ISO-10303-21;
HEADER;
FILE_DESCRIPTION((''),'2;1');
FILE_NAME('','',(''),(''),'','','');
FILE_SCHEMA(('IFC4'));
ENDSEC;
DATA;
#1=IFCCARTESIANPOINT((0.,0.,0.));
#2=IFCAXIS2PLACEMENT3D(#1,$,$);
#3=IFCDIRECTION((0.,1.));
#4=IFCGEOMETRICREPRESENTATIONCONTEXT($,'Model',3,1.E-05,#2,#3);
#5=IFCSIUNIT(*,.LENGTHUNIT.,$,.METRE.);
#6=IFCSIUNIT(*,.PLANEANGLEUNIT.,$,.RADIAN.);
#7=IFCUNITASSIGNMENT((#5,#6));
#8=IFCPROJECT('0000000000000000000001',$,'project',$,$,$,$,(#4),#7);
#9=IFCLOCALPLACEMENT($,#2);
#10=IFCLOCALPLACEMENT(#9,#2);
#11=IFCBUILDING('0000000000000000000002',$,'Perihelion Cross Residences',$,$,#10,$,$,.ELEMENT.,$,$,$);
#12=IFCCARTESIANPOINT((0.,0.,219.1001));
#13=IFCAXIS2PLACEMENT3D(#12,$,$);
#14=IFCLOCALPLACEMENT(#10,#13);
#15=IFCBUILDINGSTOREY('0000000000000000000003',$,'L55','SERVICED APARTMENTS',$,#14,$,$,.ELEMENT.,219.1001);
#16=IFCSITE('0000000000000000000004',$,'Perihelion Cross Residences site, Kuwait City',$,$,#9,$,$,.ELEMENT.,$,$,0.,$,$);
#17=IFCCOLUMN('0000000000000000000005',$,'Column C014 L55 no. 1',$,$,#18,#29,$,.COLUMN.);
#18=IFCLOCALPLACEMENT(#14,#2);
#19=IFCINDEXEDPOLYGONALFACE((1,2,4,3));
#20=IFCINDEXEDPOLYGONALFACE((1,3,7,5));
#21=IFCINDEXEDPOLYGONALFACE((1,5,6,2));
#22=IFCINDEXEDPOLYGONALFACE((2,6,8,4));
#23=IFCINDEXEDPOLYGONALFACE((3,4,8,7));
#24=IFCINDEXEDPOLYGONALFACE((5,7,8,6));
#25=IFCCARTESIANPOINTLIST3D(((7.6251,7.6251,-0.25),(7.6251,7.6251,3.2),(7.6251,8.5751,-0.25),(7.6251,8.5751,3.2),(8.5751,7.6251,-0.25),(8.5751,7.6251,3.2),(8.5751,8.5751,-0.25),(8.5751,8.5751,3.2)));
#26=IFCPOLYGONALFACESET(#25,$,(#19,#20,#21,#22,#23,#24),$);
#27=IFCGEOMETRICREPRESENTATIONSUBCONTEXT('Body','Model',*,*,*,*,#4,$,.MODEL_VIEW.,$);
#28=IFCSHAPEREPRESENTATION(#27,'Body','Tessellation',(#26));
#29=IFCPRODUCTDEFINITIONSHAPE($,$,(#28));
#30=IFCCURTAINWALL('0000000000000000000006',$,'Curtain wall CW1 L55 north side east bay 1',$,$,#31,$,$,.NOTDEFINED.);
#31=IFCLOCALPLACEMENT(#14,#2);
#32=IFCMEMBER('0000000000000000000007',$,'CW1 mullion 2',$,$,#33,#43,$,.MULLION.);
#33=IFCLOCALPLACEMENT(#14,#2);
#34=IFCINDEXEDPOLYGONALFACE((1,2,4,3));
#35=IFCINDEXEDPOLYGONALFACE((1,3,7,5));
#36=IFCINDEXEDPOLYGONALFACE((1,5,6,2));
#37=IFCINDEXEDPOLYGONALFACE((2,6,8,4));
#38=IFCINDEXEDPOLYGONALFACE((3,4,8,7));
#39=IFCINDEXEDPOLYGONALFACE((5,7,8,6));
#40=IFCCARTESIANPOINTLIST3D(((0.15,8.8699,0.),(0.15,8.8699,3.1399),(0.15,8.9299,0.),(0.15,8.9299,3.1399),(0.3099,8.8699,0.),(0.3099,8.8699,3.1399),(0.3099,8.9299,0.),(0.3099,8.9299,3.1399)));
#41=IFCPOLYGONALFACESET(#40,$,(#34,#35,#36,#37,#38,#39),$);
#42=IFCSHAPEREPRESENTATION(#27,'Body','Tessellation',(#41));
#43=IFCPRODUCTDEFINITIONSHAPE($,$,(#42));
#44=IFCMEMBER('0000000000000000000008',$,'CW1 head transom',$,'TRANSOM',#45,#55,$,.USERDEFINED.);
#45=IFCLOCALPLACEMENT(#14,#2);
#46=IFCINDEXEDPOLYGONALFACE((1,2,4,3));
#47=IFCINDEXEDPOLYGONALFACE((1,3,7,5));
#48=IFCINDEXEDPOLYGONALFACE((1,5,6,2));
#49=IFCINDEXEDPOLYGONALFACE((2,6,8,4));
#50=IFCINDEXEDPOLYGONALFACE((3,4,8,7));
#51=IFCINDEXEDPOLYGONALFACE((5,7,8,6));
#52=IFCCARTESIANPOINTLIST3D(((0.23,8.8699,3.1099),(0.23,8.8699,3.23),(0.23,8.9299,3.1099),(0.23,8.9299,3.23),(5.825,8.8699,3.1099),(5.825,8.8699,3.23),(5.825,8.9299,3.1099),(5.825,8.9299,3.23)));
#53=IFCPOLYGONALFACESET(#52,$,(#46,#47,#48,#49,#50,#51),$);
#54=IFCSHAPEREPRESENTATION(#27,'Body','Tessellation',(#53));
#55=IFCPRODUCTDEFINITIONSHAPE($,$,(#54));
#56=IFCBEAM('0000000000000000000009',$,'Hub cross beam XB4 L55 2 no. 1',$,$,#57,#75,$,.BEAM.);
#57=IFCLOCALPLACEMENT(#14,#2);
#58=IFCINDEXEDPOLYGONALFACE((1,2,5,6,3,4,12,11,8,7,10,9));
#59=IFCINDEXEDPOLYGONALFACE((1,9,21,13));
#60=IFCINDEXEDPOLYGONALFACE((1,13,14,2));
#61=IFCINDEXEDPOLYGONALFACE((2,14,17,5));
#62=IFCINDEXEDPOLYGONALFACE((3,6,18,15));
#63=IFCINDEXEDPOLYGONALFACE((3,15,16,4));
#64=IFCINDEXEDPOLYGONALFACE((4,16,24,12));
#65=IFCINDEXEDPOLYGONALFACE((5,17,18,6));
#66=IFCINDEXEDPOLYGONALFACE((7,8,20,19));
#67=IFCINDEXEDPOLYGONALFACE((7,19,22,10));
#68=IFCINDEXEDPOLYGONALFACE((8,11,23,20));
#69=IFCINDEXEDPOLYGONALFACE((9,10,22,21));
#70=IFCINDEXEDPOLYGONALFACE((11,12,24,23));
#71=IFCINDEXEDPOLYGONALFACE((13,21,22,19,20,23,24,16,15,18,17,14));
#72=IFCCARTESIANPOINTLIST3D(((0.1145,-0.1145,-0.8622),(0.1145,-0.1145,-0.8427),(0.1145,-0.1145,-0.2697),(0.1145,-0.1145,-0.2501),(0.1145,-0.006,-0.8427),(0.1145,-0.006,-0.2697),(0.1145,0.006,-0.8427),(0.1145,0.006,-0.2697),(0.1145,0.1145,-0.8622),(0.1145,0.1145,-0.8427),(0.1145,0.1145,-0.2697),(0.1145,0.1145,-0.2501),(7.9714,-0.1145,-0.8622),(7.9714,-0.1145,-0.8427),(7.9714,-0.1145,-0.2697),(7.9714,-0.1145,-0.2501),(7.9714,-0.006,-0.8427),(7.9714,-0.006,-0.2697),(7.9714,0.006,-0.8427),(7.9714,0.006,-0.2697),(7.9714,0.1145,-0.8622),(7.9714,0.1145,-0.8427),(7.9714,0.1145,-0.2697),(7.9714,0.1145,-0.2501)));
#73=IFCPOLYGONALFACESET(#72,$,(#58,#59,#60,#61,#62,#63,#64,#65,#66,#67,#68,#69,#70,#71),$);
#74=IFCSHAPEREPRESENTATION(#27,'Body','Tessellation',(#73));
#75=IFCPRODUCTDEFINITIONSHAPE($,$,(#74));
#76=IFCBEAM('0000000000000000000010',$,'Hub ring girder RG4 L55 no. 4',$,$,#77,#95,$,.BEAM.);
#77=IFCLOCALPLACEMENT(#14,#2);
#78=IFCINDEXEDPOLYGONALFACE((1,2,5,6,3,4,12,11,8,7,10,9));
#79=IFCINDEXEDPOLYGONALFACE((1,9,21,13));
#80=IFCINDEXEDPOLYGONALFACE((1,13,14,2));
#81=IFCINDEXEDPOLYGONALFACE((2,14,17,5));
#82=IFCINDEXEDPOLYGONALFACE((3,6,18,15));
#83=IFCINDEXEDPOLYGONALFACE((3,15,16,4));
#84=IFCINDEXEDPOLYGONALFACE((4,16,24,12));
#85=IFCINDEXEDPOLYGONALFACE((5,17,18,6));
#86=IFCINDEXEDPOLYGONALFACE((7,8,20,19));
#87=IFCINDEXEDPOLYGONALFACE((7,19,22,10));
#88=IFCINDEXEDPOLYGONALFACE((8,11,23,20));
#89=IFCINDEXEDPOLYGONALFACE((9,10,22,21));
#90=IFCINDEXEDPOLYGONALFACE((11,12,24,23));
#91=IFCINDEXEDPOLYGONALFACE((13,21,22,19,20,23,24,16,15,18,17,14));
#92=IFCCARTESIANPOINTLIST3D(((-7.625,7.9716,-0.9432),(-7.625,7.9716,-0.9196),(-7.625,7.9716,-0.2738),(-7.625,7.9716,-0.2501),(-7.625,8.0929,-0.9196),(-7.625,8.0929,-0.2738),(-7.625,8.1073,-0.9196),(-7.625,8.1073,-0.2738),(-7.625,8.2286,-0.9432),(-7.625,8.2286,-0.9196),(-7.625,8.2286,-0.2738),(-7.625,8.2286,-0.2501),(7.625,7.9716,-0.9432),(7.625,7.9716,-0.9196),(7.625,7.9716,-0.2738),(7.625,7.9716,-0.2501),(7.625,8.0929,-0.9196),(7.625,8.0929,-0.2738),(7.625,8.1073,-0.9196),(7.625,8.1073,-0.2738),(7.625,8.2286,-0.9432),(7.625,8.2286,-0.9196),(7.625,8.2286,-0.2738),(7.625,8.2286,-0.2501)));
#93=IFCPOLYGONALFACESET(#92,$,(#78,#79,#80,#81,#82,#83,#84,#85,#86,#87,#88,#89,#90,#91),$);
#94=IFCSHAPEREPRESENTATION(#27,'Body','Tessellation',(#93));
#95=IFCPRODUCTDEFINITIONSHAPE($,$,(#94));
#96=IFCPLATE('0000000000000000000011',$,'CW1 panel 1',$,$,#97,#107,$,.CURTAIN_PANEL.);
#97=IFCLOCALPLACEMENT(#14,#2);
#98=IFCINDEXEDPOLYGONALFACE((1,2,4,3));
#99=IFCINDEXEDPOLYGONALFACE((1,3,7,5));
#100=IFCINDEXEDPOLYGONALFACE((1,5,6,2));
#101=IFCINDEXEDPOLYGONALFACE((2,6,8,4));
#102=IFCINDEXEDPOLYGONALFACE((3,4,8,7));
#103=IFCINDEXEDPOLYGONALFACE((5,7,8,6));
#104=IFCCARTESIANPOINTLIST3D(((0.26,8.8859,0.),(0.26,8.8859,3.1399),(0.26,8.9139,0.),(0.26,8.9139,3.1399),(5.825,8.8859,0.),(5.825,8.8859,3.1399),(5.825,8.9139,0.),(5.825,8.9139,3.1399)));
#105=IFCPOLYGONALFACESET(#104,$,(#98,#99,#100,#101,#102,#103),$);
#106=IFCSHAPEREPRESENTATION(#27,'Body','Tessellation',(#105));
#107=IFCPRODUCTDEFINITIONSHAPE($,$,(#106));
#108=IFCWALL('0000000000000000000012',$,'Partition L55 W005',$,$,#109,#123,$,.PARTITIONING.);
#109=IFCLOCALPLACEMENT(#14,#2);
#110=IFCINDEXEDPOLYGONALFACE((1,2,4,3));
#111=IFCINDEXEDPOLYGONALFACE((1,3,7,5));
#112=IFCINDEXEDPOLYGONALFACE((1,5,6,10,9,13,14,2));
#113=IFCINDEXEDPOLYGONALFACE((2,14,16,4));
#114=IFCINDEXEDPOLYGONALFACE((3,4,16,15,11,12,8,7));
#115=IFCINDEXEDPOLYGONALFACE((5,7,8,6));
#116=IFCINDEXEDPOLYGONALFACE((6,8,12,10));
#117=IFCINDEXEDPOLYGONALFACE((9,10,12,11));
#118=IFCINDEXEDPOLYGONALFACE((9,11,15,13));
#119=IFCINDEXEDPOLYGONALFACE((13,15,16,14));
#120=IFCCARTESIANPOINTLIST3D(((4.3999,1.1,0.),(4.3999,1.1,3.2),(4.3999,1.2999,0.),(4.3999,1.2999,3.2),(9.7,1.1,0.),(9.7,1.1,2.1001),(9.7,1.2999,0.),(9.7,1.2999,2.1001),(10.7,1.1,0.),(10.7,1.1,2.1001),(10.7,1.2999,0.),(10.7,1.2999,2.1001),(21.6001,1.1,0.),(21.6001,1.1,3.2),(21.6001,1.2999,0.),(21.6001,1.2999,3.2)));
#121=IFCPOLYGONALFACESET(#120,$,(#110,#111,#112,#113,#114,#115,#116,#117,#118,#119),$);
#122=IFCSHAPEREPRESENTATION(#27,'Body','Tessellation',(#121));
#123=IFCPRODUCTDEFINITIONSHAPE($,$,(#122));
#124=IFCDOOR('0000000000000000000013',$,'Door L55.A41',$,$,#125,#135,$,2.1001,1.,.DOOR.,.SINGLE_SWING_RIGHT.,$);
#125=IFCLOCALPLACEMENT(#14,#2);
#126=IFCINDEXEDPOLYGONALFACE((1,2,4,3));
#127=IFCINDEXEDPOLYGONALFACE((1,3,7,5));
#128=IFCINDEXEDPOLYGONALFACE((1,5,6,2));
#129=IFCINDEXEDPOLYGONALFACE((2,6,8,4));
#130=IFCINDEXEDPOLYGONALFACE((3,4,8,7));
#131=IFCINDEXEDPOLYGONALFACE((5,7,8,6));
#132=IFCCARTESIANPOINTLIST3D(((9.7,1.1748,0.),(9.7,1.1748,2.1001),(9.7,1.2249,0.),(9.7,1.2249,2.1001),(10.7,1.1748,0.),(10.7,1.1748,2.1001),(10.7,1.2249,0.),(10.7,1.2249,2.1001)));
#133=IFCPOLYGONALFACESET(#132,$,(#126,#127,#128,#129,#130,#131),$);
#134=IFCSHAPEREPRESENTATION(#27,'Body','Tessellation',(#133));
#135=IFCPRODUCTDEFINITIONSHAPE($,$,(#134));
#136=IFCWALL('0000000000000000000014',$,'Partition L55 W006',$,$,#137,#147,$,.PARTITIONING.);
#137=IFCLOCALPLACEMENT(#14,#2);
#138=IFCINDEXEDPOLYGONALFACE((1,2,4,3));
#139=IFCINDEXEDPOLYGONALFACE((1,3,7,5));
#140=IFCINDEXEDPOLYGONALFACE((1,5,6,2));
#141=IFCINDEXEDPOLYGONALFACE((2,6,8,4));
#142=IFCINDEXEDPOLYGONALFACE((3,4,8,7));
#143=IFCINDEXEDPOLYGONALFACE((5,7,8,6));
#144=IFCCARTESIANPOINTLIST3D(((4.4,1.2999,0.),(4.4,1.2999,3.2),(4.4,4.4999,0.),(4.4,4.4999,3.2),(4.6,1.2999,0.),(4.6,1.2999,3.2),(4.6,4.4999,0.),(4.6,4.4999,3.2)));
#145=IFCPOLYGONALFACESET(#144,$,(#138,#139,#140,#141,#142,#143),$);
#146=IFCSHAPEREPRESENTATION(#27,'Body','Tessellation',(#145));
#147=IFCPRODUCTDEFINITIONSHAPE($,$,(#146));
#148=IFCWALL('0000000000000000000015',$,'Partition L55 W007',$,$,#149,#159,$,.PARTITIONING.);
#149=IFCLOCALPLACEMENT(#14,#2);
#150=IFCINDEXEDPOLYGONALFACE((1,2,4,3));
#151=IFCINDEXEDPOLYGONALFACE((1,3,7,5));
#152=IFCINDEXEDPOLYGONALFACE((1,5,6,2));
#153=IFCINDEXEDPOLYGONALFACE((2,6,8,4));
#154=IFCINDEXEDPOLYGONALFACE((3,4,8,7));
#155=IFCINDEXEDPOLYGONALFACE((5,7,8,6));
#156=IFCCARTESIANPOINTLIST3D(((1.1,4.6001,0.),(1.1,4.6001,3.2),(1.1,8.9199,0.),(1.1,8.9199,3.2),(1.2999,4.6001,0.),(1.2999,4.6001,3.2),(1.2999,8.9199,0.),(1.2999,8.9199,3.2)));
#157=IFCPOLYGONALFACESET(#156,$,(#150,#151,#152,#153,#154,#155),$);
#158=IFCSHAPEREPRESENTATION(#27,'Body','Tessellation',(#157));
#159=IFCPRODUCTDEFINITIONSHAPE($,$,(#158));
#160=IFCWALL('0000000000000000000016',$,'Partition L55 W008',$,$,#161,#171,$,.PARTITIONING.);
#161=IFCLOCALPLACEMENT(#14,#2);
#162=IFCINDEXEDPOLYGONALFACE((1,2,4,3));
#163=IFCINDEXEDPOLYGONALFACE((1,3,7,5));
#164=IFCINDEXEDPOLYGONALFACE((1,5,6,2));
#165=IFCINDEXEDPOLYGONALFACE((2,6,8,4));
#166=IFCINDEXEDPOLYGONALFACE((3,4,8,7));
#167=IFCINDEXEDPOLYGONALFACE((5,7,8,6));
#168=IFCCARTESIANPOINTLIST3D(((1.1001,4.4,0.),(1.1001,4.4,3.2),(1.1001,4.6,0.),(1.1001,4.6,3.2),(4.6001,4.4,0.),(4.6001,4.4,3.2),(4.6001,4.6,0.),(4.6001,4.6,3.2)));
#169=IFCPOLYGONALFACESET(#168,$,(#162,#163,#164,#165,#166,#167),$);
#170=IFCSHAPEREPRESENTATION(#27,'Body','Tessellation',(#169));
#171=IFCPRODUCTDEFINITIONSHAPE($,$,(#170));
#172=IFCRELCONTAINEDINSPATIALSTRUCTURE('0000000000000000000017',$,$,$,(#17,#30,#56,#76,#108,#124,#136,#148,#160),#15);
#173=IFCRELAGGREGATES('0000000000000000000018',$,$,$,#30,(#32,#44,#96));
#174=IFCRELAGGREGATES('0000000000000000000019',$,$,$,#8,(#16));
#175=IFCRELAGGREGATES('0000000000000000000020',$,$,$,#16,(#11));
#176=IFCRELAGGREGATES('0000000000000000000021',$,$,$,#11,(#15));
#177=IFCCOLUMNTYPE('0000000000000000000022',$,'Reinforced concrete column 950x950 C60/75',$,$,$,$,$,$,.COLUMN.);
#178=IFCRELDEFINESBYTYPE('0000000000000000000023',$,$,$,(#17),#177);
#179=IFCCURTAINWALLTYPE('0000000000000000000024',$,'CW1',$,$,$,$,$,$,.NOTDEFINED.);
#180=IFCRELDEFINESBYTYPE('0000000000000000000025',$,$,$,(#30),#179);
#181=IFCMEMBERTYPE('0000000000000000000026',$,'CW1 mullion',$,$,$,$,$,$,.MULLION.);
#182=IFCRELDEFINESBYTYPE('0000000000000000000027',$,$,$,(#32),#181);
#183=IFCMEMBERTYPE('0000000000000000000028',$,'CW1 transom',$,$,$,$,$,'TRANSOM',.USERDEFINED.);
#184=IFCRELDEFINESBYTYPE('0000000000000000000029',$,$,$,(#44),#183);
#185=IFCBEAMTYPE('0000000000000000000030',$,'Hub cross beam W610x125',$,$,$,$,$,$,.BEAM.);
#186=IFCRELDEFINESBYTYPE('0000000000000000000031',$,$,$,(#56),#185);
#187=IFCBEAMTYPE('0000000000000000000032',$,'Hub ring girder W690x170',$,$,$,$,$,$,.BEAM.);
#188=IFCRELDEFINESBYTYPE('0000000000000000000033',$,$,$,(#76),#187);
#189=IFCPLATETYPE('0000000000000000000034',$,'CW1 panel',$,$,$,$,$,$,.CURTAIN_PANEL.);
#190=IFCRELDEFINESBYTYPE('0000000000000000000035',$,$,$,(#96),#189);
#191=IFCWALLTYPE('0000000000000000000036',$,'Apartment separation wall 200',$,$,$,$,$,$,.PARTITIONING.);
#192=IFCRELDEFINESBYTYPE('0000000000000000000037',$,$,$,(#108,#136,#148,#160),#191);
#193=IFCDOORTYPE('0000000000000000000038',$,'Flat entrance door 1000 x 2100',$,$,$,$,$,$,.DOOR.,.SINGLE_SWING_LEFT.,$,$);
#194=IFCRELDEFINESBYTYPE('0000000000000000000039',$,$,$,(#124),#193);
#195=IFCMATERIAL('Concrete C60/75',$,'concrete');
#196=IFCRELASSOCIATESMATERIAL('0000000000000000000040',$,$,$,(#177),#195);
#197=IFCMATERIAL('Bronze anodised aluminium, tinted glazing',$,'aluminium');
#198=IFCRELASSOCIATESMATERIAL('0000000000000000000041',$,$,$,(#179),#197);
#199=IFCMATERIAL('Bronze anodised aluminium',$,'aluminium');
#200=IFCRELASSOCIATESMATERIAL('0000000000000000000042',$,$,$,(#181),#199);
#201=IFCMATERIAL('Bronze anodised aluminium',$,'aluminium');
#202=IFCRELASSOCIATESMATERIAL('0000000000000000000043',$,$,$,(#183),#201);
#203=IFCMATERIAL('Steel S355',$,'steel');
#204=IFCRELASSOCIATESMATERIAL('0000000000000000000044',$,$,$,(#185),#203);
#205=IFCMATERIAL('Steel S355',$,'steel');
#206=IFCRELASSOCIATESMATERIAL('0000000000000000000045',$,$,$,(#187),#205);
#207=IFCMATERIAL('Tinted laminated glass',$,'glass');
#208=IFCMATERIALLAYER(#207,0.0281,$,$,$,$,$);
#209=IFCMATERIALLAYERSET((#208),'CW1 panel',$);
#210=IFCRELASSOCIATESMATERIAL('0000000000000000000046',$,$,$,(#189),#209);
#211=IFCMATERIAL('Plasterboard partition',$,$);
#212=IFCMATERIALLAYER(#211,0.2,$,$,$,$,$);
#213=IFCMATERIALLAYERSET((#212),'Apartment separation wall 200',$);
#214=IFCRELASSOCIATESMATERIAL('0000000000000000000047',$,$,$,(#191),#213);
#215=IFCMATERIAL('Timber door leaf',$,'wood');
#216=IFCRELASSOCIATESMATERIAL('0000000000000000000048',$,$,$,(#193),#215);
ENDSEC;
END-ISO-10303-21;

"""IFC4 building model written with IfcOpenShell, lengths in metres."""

from ifc_helpers import new_model, si_unit, direction, frame, frame_2d, origin, origin_2d, place, context, subcontext, project, spatial, rectangle, i_section, extrude, material, layer, layer_set, material_profile, profile_set, type_object, element, fill, aggregate, save


model = new_model("IFC4")

# Units and contexts
model_context = context("Model", 3, precision=1e-05, world=origin(), true_north=direction((0.0, 1.0)))
body_context = subcontext(model_context, "Body", "Model", "MODEL_VIEW")
ifc_project = project(units=[si_unit("LENGTHUNIT", "METRE"), si_unit("PLANEANGLEUNIT", "RADIAN")], contexts=[model_context])

# Site, building, storey
site_placement = place(None, origin())
site = spatial("IfcSite", under=ifc_project, at=site_placement, Name="Perihelion Cross Residences site, Kuwait City", CompositionType="ELEMENT", RefElevation=0.0)
building_placement = place(site_placement, origin())
building = spatial("IfcBuilding", under=site, at=building_placement, Name="Perihelion Cross Residences", CompositionType="ELEMENT")
storey_placement = place(building_placement, frame((0.0, 0.0, 219.1001)))
storey = spatial("IfcBuildingStorey", under=building, at=storey_placement, Name="L55", Description="SERVICED APARTMENTS", CompositionType="ELEMENT", Elevation=219.1001)

# Column
ifc_material_1 = material(Name="Concrete C60/75", Category="concrete")
ifc_material_profile_1 = material_profile(ifc_material_1, rectangle(XDim=0.95, YDim=0.95, at=origin_2d()), Name="RC 950x950")
ifc_profile_set_1 = profile_set([ifc_material_profile_1], Name="Concrete C60/75")
column_type = type_object("IfcColumnType", Name="Reinforced concrete column 950x950 C60/75", PredefinedType="COLUMN", material=ifc_profile_set_1)
column_placement = place(storey_placement, frame((8.1001, 8.1001, -0.25), z_axis=(0.0, 0.0, 1.0), x_axis=(1.0, 0.0, 0.0)))
element("IfcColumn", 1, at=column_placement, inside=storey, type_object=column_type, Name="Column C014 L55 no. 1", PredefinedType="COLUMN", context=body_context, shape_type="SweptSolid", body=[
    extrude(rectangle(XDim=0.95, YDim=0.95, at=origin_2d()), origin(), (0.0, 0.0, 1.0), 3.45),
])

# Curtain wall, members
ifc_material_2 = material(Name="Bronze anodised aluminium, tinted glazing", Category="aluminium")
curtain_wall_type = type_object("IfcCurtainWallType", Name="CW1", PredefinedType="NOTDEFINED", material=ifc_material_2)
curtain_wall_placement = place(storey_placement, origin())
curtain_wall = element("IfcCurtainWall", 2, at=curtain_wall_placement, inside=storey, type_object=curtain_wall_type, Name="Curtain wall CW1 L55 north side east bay 1", PredefinedType="NOTDEFINED")
ifc_material_3 = material(Name="Bronze anodised aluminium", Category="aluminium")
ifc_material_profile_2 = material_profile(ifc_material_3, rectangle(XDim=0.0601, YDim=0.1599, at=origin_2d()), Name="CW1 mullion")
ifc_profile_set_2 = profile_set([ifc_material_profile_2], Name="Bronze anodised aluminium")
member_type_1 = type_object("IfcMemberType", Name="CW1 mullion", PredefinedType="MULLION", material=ifc_profile_set_2)
member_1_placement = place(storey_placement, frame((0.23, 8.8999, 0.0), z_axis=(0.0, 0.0, 1.0), x_axis=(0.0, -1.0, 0.0)))
member_1 = element("IfcMember", 3, at=member_1_placement, type_object=member_type_1, Name="CW1 mullion 2", PredefinedType="MULLION", context=body_context, shape_type="SweptSolid", body=[
    extrude(rectangle(XDim=0.0601, YDim=0.1599, at=origin_2d()), origin(), (0.0, 0.0, 1.0), 3.1399),
])
ifc_material_4 = material(Name="Bronze anodised aluminium", Category="aluminium")
ifc_material_profile_3 = material_profile(ifc_material_4, rectangle(XDim=0.0601, YDim=0.1201, at=origin_2d()), Name="CW1 transom")
ifc_profile_set_3 = profile_set([ifc_material_profile_3], Name="Bronze anodised aluminium")
member_type_2 = type_object("IfcMemberType", Name="CW1 transom", ElementType="TRANSOM", PredefinedType="USERDEFINED", material=ifc_profile_set_3)
member_2_placement = place(storey_placement, frame((5.825, 8.8999, 3.1699), z_axis=(-1.0, 0.0, 0.0), x_axis=(0.0, -1.0, 0.0)))
member_2 = element("IfcMember", 4, at=member_2_placement, type_object=member_type_2, Name="CW1 head transom", ObjectType="TRANSOM", PredefinedType="USERDEFINED", context=body_context, shape_type="SweptSolid", body=[
    extrude(rectangle(XDim=0.0601, YDim=0.1201, at=origin_2d()), origin(), (0.0, 0.0, 1.0), 5.595),
])

# Beams
ifc_material_5 = material(Name="Steel S355", Category="steel")
ifc_material_profile_4 = material_profile(ifc_material_5, i_section(OverallWidth=0.229, OverallDepth=0.6121, WebThickness=0.012, FlangeThickness=0.0195, at=origin_2d()), Name="W610x125")
ifc_profile_set_4 = profile_set([ifc_material_profile_4], Name="Steel S355")
beam_type_1 = type_object("IfcBeamType", Name="Hub cross beam W610x125", PredefinedType="BEAM", material=ifc_profile_set_4)
beam_1_placement = place(storey_placement, frame((0.1145, 0.0, -0.5562), z_axis=(1.0, 0.0, 0.0), x_axis=(0.0, 1.0, 0.0)))
element("IfcBeam", 5, at=beam_1_placement, inside=storey, type_object=beam_type_1, Name="Hub cross beam XB4 L55 2 no. 1", PredefinedType="BEAM", context=body_context, shape_type="SweptSolid", body=[
    extrude(i_section(OverallWidth=0.229, OverallDepth=0.6121, WebThickness=0.012, FlangeThickness=0.0195, at=origin_2d()), origin(), (0.0, 0.0, 1.0), 7.8569),
])
ifc_material_6 = material(Name="Steel S355", Category="steel")
ifc_material_profile_5 = material_profile(ifc_material_6, i_section(OverallWidth=0.2571, OverallDepth=0.6931, WebThickness=0.0144, FlangeThickness=0.0237, at=origin_2d()), Name="W690x170")
ifc_profile_set_5 = profile_set([ifc_material_profile_5], Name="Steel S355")
beam_type_2 = type_object("IfcBeamType", Name="Hub ring girder W690x170", PredefinedType="BEAM", material=ifc_profile_set_5)
beam_2_placement = place(storey_placement, frame((7.625, 8.1001, -0.5967), z_axis=(-1.0, 0.0, 0.0), x_axis=(0.0, -1.0, 0.0)))
element("IfcBeam", 6, at=beam_2_placement, inside=storey, type_object=beam_type_2, Name="Hub ring girder RG4 L55 no. 4", PredefinedType="BEAM", context=body_context, shape_type="SweptSolid", body=[
    extrude(i_section(OverallWidth=0.2571, OverallDepth=0.6931, WebThickness=0.0144, FlangeThickness=0.0237, at=origin_2d()), origin(), (0.0, 0.0, 1.0), 15.25),
])

# Plate
ifc_material_7 = material(Name="Tinted laminated glass", Category="glass")
ifc_layer_1 = layer(ifc_material_7, 0.0281)
ifc_layer_set_1 = layer_set([ifc_layer_1], Name="CW1 panel")
plate_type = type_object("IfcPlateType", Name="CW1 panel", PredefinedType="CURTAIN_PANEL", material=ifc_layer_set_1)
plate_placement = place(storey_placement, frame((3.0425, 8.8999, 0.0), z_axis=(0.0, 0.0, 1.0), x_axis=(-1.0, 0.0, 0.0)))
plate = element("IfcPlate", 7, at=plate_placement, type_object=plate_type, Name="CW1 panel 1", PredefinedType="CURTAIN_PANEL", context=body_context, shape_type="SweptSolid", body=[
    extrude(rectangle(XDim=5.5649, YDim=0.0281, at=origin_2d()), origin(), (0.0, 0.0, 1.0), 3.1399),
])
aggregate(curtain_wall, [member_1, member_2, plate])

# Wall, opening, door
ifc_material_8 = material(Name="Plasterboard partition")
ifc_layer_2 = layer(ifc_material_8, 0.2)
ifc_layer_set_2 = layer_set([ifc_layer_2], Name="Apartment separation wall 200")
wall_type_1 = type_object("IfcWallType", Name="Apartment separation wall 200", PredefinedType="PARTITIONING", material=ifc_layer_set_2)
wall_1_placement = place(storey_placement, frame((4.3999, 1.2, 0.0), z_axis=(0.0, 0.0, 1.0), x_axis=(1.0, 0.0, 0.0)))
wall_1 = element("IfcWall", 8, at=wall_1_placement, inside=storey, type_object=wall_type_1, Name="Partition L55 W005", PredefinedType="PARTITIONING", context=body_context, shape_type="SweptSolid", body=[
    extrude(rectangle(XDim=17.2002, YDim=0.2, at=frame_2d((8.6001, 0.0))), origin(), (0.0, 0.0, 1.0), 3.2),
])
opening_1_placement = place(wall_1_placement, frame((5.3, 0.0, 0.0)))
opening_1 = element("IfcOpeningElement", 9, at=opening_1_placement, cuts=wall_1, PredefinedType="OPENING", context=body_context, shape_type="SweptSolid", body=[
    extrude(rectangle(XDim=1.0, YDim=2.1001, at=frame_2d((0.5, 1.05))), frame((0.0, 0.1099, 0.0), z_axis=(0.0, -1.0, 0.0), x_axis=(1.0, 0.0, 0.0)), (0.0, 0.0, 1.0), 0.22),
])
ifc_material_9 = material(Name="Timber door leaf", Category="wood")
door_type_1 = type_object("IfcDoorType", Name="Flat entrance door 1000 x 2100", OperationType="SINGLE_SWING_LEFT", PredefinedType="DOOR", material=ifc_material_9)
door_1_placement = place(opening_1_placement, origin())
door_1 = element("IfcDoor", 10, at=door_1_placement, inside=storey, type_object=door_type_1, Name="Door L55.A41", OperationType="SINGLE_SWING_RIGHT", OverallHeight=2.1001, OverallWidth=1.0, PredefinedType="DOOR", context=body_context, shape_type="SweptSolid", body=[
    extrude(rectangle(XDim=1.0, YDim=2.1001, at=frame_2d((0.5, 1.05))), frame((0.0, 0.0249, 0.0), z_axis=(0.0, -1.0, 0.0), x_axis=(1.0, 0.0, 0.0)), (0.0, 0.0, 1.0), 0.05),
])
fill(opening_1, door_1)

# Walls
wall_2_placement = place(storey_placement, frame((4.5, 4.5, 0.0), z_axis=(0.0, 0.0, 1.0), x_axis=(0.0, -1.0, 0.0)))
element("IfcWall", 11, at=wall_2_placement, inside=storey, type_object=wall_type_1, Name="Partition L55 W006", PredefinedType="PARTITIONING", context=body_context, shape_type="SweptSolid", body=[
    extrude(rectangle(XDim=3.2, YDim=0.2, at=frame_2d((1.6001, 0.0))), origin(), (0.0, 0.0, 1.0), 3.2),
])
wall_3_placement = place(storey_placement, frame((1.2, 8.9199, 0.0), z_axis=(0.0, 0.0, 1.0), x_axis=(0.0, -1.0, 0.0)))
element("IfcWall", 12, at=wall_3_placement, inside=storey, type_object=wall_type_1, Name="Partition L55 W007", PredefinedType="PARTITIONING", context=body_context, shape_type="SweptSolid", body=[
    extrude(rectangle(XDim=4.3198, YDim=0.2, at=frame_2d((2.1599, 0.0))), origin(), (0.0, 0.0, 1.0), 3.2),
])
wall_4_placement = place(storey_placement, frame((1.1001, 4.5, 0.0), z_axis=(0.0, 0.0, 1.0), x_axis=(1.0, 0.0, 0.0)))
element("IfcWall", 13, at=wall_4_placement, inside=storey, type_object=wall_type_1, Name="Partition L55 W008", PredefinedType="PARTITIONING", context=body_context, shape_type="SweptSolid", body=[
    extrude(rectangle(XDim=3.5, YDim=0.2, at=frame_2d((1.75, 0.0))), origin(), (0.0, 0.0, 1.0), 3.2),
])

save(model, "model.ifc")
